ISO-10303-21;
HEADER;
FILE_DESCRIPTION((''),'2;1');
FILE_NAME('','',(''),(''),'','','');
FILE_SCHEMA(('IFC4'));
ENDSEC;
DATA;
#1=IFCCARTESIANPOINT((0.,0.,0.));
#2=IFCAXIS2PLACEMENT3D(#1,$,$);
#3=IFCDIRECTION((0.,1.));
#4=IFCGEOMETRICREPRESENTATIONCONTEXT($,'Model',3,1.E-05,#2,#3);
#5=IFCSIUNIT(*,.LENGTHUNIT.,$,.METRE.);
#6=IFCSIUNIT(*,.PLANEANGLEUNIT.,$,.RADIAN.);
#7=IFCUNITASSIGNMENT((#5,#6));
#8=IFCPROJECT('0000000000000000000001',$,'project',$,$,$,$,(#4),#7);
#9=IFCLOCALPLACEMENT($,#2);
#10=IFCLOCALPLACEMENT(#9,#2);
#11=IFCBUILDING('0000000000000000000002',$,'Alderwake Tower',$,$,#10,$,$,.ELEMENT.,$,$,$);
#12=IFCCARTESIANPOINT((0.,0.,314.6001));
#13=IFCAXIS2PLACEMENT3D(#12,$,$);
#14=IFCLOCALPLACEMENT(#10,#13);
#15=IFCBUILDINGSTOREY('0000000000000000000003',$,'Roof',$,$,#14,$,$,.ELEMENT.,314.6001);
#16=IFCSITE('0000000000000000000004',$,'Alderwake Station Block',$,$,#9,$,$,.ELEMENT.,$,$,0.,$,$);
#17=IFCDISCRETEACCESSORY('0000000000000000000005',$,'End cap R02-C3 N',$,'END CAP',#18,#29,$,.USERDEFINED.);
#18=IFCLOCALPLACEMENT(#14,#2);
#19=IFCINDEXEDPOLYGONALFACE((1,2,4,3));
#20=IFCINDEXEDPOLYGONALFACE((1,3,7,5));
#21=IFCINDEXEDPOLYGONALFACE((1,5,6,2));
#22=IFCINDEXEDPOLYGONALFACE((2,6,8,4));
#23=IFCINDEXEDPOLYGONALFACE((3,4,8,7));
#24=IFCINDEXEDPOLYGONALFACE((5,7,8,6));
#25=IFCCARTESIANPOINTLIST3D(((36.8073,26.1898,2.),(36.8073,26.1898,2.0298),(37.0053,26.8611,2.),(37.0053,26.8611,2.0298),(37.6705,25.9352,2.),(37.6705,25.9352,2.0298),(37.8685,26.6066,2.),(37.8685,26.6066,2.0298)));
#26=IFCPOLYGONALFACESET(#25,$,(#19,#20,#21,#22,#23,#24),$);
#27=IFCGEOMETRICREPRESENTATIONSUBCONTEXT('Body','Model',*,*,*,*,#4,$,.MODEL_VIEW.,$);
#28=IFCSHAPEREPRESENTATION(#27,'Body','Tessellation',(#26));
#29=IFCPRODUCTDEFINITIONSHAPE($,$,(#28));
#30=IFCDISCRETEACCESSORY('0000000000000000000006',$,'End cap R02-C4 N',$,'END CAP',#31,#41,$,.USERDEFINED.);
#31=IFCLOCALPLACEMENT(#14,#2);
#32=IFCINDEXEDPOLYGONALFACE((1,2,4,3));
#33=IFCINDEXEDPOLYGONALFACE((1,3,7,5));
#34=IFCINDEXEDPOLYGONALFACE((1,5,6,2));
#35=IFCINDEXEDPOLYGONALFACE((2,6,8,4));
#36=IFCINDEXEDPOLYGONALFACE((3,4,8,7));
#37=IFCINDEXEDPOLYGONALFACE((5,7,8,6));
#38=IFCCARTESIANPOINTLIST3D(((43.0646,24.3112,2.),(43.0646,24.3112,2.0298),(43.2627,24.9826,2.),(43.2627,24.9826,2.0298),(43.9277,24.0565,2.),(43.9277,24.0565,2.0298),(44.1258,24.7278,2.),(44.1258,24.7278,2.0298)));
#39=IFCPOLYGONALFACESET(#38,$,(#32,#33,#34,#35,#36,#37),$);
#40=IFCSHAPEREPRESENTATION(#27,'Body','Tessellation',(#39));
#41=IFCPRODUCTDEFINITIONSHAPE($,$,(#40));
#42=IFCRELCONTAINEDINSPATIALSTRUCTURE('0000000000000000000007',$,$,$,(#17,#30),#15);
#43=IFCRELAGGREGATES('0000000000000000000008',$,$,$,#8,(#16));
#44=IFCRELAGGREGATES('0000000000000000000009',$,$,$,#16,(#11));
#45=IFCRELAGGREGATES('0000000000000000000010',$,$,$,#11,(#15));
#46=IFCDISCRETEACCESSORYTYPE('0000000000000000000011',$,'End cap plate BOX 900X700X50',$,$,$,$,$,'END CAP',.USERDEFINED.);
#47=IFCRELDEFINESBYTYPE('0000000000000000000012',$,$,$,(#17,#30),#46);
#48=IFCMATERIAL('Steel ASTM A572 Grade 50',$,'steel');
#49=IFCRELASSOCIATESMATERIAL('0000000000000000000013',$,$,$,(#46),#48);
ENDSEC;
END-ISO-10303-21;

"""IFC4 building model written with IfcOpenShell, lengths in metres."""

from ifc_helpers import new_model, si_unit, direction, frame, origin, origin_2d, place, context, subcontext, project, spatial, rectangle, extrude, material, material_profile, profile_set, type_object, element, save


model = new_model("IFC4")

# Units and contexts
model_context = context("Model", 3, precision=1e-05, world=origin(), true_north=direction((0.0, 1.0)))
body_context = subcontext(model_context, "Body", "Model", "MODEL_VIEW")
ifc_project = project(units=[si_unit("LENGTHUNIT", "METRE"), si_unit("PLANEANGLEUNIT", "RADIAN")], contexts=[model_context])

# Site, building, storey
site_placement = place(None, origin())
site = spatial("IfcSite", under=ifc_project, at=site_placement, Name="Alderwake Station Block", CompositionType="ELEMENT", RefElevation=0.0)
building_placement = place(site_placement, origin())
building = spatial("IfcBuilding", under=site, at=building_placement, Name="Alderwake Tower", CompositionType="ELEMENT")
storey_placement = place(building_placement, frame((0.0, 0.0, 314.6001)))
storey = spatial("IfcBuildingStorey", under=building, at=storey_placement, Name="Roof", CompositionType="ELEMENT", Elevation=314.6001)

# Discrete accessories
ifc_material_1 = material(Name="Steel ASTM A572 Grade 50", Category="steel")
ifc_material_profile_1 = material_profile(ifc_material_1, rectangle(XDim=0.7, YDim=0.8999, at=origin_2d()), Name="BOX 900X700X50 cap")
ifc_profile_set_1 = profile_set([ifc_material_profile_1], Name="Steel ASTM A572 Grade 50")
discrete_accessory_type_1 = type_object("IfcDiscreteAccessoryType", Name="End cap plate BOX 900X700X50", ElementType="END CAP", PredefinedType="USERDEFINED", material=ifc_profile_set_1)
for number, where, z_axis, x_axis, name in (
    (1, (37.3379, 26.3982, 2.0), (0.0, 0.0, 1.0), (0.282847, 0.959165, 0.0), "End cap R02-C3 N"),
    (2, (43.5952, 24.5195, 2.0), (0.0, 0.0, 1.0), (0.283086, 0.959094, 0.0), "End cap R02-C4 N"),
):
    element("IfcDiscreteAccessory", number, at=place(storey_placement, frame(where, z_axis=z_axis, x_axis=x_axis)), inside=storey, type_object=discrete_accessory_type_1, Name=name, ObjectType="END CAP", PredefinedType="USERDEFINED", context=body_context, shape_type="SweptSolid", body=[
        extrude(rectangle(XDim=0.7, YDim=0.8999, at=origin_2d()), origin(), (0.0, 0.0, 1.0), 0.0298),
    ])

save(model, "model.ifc")
